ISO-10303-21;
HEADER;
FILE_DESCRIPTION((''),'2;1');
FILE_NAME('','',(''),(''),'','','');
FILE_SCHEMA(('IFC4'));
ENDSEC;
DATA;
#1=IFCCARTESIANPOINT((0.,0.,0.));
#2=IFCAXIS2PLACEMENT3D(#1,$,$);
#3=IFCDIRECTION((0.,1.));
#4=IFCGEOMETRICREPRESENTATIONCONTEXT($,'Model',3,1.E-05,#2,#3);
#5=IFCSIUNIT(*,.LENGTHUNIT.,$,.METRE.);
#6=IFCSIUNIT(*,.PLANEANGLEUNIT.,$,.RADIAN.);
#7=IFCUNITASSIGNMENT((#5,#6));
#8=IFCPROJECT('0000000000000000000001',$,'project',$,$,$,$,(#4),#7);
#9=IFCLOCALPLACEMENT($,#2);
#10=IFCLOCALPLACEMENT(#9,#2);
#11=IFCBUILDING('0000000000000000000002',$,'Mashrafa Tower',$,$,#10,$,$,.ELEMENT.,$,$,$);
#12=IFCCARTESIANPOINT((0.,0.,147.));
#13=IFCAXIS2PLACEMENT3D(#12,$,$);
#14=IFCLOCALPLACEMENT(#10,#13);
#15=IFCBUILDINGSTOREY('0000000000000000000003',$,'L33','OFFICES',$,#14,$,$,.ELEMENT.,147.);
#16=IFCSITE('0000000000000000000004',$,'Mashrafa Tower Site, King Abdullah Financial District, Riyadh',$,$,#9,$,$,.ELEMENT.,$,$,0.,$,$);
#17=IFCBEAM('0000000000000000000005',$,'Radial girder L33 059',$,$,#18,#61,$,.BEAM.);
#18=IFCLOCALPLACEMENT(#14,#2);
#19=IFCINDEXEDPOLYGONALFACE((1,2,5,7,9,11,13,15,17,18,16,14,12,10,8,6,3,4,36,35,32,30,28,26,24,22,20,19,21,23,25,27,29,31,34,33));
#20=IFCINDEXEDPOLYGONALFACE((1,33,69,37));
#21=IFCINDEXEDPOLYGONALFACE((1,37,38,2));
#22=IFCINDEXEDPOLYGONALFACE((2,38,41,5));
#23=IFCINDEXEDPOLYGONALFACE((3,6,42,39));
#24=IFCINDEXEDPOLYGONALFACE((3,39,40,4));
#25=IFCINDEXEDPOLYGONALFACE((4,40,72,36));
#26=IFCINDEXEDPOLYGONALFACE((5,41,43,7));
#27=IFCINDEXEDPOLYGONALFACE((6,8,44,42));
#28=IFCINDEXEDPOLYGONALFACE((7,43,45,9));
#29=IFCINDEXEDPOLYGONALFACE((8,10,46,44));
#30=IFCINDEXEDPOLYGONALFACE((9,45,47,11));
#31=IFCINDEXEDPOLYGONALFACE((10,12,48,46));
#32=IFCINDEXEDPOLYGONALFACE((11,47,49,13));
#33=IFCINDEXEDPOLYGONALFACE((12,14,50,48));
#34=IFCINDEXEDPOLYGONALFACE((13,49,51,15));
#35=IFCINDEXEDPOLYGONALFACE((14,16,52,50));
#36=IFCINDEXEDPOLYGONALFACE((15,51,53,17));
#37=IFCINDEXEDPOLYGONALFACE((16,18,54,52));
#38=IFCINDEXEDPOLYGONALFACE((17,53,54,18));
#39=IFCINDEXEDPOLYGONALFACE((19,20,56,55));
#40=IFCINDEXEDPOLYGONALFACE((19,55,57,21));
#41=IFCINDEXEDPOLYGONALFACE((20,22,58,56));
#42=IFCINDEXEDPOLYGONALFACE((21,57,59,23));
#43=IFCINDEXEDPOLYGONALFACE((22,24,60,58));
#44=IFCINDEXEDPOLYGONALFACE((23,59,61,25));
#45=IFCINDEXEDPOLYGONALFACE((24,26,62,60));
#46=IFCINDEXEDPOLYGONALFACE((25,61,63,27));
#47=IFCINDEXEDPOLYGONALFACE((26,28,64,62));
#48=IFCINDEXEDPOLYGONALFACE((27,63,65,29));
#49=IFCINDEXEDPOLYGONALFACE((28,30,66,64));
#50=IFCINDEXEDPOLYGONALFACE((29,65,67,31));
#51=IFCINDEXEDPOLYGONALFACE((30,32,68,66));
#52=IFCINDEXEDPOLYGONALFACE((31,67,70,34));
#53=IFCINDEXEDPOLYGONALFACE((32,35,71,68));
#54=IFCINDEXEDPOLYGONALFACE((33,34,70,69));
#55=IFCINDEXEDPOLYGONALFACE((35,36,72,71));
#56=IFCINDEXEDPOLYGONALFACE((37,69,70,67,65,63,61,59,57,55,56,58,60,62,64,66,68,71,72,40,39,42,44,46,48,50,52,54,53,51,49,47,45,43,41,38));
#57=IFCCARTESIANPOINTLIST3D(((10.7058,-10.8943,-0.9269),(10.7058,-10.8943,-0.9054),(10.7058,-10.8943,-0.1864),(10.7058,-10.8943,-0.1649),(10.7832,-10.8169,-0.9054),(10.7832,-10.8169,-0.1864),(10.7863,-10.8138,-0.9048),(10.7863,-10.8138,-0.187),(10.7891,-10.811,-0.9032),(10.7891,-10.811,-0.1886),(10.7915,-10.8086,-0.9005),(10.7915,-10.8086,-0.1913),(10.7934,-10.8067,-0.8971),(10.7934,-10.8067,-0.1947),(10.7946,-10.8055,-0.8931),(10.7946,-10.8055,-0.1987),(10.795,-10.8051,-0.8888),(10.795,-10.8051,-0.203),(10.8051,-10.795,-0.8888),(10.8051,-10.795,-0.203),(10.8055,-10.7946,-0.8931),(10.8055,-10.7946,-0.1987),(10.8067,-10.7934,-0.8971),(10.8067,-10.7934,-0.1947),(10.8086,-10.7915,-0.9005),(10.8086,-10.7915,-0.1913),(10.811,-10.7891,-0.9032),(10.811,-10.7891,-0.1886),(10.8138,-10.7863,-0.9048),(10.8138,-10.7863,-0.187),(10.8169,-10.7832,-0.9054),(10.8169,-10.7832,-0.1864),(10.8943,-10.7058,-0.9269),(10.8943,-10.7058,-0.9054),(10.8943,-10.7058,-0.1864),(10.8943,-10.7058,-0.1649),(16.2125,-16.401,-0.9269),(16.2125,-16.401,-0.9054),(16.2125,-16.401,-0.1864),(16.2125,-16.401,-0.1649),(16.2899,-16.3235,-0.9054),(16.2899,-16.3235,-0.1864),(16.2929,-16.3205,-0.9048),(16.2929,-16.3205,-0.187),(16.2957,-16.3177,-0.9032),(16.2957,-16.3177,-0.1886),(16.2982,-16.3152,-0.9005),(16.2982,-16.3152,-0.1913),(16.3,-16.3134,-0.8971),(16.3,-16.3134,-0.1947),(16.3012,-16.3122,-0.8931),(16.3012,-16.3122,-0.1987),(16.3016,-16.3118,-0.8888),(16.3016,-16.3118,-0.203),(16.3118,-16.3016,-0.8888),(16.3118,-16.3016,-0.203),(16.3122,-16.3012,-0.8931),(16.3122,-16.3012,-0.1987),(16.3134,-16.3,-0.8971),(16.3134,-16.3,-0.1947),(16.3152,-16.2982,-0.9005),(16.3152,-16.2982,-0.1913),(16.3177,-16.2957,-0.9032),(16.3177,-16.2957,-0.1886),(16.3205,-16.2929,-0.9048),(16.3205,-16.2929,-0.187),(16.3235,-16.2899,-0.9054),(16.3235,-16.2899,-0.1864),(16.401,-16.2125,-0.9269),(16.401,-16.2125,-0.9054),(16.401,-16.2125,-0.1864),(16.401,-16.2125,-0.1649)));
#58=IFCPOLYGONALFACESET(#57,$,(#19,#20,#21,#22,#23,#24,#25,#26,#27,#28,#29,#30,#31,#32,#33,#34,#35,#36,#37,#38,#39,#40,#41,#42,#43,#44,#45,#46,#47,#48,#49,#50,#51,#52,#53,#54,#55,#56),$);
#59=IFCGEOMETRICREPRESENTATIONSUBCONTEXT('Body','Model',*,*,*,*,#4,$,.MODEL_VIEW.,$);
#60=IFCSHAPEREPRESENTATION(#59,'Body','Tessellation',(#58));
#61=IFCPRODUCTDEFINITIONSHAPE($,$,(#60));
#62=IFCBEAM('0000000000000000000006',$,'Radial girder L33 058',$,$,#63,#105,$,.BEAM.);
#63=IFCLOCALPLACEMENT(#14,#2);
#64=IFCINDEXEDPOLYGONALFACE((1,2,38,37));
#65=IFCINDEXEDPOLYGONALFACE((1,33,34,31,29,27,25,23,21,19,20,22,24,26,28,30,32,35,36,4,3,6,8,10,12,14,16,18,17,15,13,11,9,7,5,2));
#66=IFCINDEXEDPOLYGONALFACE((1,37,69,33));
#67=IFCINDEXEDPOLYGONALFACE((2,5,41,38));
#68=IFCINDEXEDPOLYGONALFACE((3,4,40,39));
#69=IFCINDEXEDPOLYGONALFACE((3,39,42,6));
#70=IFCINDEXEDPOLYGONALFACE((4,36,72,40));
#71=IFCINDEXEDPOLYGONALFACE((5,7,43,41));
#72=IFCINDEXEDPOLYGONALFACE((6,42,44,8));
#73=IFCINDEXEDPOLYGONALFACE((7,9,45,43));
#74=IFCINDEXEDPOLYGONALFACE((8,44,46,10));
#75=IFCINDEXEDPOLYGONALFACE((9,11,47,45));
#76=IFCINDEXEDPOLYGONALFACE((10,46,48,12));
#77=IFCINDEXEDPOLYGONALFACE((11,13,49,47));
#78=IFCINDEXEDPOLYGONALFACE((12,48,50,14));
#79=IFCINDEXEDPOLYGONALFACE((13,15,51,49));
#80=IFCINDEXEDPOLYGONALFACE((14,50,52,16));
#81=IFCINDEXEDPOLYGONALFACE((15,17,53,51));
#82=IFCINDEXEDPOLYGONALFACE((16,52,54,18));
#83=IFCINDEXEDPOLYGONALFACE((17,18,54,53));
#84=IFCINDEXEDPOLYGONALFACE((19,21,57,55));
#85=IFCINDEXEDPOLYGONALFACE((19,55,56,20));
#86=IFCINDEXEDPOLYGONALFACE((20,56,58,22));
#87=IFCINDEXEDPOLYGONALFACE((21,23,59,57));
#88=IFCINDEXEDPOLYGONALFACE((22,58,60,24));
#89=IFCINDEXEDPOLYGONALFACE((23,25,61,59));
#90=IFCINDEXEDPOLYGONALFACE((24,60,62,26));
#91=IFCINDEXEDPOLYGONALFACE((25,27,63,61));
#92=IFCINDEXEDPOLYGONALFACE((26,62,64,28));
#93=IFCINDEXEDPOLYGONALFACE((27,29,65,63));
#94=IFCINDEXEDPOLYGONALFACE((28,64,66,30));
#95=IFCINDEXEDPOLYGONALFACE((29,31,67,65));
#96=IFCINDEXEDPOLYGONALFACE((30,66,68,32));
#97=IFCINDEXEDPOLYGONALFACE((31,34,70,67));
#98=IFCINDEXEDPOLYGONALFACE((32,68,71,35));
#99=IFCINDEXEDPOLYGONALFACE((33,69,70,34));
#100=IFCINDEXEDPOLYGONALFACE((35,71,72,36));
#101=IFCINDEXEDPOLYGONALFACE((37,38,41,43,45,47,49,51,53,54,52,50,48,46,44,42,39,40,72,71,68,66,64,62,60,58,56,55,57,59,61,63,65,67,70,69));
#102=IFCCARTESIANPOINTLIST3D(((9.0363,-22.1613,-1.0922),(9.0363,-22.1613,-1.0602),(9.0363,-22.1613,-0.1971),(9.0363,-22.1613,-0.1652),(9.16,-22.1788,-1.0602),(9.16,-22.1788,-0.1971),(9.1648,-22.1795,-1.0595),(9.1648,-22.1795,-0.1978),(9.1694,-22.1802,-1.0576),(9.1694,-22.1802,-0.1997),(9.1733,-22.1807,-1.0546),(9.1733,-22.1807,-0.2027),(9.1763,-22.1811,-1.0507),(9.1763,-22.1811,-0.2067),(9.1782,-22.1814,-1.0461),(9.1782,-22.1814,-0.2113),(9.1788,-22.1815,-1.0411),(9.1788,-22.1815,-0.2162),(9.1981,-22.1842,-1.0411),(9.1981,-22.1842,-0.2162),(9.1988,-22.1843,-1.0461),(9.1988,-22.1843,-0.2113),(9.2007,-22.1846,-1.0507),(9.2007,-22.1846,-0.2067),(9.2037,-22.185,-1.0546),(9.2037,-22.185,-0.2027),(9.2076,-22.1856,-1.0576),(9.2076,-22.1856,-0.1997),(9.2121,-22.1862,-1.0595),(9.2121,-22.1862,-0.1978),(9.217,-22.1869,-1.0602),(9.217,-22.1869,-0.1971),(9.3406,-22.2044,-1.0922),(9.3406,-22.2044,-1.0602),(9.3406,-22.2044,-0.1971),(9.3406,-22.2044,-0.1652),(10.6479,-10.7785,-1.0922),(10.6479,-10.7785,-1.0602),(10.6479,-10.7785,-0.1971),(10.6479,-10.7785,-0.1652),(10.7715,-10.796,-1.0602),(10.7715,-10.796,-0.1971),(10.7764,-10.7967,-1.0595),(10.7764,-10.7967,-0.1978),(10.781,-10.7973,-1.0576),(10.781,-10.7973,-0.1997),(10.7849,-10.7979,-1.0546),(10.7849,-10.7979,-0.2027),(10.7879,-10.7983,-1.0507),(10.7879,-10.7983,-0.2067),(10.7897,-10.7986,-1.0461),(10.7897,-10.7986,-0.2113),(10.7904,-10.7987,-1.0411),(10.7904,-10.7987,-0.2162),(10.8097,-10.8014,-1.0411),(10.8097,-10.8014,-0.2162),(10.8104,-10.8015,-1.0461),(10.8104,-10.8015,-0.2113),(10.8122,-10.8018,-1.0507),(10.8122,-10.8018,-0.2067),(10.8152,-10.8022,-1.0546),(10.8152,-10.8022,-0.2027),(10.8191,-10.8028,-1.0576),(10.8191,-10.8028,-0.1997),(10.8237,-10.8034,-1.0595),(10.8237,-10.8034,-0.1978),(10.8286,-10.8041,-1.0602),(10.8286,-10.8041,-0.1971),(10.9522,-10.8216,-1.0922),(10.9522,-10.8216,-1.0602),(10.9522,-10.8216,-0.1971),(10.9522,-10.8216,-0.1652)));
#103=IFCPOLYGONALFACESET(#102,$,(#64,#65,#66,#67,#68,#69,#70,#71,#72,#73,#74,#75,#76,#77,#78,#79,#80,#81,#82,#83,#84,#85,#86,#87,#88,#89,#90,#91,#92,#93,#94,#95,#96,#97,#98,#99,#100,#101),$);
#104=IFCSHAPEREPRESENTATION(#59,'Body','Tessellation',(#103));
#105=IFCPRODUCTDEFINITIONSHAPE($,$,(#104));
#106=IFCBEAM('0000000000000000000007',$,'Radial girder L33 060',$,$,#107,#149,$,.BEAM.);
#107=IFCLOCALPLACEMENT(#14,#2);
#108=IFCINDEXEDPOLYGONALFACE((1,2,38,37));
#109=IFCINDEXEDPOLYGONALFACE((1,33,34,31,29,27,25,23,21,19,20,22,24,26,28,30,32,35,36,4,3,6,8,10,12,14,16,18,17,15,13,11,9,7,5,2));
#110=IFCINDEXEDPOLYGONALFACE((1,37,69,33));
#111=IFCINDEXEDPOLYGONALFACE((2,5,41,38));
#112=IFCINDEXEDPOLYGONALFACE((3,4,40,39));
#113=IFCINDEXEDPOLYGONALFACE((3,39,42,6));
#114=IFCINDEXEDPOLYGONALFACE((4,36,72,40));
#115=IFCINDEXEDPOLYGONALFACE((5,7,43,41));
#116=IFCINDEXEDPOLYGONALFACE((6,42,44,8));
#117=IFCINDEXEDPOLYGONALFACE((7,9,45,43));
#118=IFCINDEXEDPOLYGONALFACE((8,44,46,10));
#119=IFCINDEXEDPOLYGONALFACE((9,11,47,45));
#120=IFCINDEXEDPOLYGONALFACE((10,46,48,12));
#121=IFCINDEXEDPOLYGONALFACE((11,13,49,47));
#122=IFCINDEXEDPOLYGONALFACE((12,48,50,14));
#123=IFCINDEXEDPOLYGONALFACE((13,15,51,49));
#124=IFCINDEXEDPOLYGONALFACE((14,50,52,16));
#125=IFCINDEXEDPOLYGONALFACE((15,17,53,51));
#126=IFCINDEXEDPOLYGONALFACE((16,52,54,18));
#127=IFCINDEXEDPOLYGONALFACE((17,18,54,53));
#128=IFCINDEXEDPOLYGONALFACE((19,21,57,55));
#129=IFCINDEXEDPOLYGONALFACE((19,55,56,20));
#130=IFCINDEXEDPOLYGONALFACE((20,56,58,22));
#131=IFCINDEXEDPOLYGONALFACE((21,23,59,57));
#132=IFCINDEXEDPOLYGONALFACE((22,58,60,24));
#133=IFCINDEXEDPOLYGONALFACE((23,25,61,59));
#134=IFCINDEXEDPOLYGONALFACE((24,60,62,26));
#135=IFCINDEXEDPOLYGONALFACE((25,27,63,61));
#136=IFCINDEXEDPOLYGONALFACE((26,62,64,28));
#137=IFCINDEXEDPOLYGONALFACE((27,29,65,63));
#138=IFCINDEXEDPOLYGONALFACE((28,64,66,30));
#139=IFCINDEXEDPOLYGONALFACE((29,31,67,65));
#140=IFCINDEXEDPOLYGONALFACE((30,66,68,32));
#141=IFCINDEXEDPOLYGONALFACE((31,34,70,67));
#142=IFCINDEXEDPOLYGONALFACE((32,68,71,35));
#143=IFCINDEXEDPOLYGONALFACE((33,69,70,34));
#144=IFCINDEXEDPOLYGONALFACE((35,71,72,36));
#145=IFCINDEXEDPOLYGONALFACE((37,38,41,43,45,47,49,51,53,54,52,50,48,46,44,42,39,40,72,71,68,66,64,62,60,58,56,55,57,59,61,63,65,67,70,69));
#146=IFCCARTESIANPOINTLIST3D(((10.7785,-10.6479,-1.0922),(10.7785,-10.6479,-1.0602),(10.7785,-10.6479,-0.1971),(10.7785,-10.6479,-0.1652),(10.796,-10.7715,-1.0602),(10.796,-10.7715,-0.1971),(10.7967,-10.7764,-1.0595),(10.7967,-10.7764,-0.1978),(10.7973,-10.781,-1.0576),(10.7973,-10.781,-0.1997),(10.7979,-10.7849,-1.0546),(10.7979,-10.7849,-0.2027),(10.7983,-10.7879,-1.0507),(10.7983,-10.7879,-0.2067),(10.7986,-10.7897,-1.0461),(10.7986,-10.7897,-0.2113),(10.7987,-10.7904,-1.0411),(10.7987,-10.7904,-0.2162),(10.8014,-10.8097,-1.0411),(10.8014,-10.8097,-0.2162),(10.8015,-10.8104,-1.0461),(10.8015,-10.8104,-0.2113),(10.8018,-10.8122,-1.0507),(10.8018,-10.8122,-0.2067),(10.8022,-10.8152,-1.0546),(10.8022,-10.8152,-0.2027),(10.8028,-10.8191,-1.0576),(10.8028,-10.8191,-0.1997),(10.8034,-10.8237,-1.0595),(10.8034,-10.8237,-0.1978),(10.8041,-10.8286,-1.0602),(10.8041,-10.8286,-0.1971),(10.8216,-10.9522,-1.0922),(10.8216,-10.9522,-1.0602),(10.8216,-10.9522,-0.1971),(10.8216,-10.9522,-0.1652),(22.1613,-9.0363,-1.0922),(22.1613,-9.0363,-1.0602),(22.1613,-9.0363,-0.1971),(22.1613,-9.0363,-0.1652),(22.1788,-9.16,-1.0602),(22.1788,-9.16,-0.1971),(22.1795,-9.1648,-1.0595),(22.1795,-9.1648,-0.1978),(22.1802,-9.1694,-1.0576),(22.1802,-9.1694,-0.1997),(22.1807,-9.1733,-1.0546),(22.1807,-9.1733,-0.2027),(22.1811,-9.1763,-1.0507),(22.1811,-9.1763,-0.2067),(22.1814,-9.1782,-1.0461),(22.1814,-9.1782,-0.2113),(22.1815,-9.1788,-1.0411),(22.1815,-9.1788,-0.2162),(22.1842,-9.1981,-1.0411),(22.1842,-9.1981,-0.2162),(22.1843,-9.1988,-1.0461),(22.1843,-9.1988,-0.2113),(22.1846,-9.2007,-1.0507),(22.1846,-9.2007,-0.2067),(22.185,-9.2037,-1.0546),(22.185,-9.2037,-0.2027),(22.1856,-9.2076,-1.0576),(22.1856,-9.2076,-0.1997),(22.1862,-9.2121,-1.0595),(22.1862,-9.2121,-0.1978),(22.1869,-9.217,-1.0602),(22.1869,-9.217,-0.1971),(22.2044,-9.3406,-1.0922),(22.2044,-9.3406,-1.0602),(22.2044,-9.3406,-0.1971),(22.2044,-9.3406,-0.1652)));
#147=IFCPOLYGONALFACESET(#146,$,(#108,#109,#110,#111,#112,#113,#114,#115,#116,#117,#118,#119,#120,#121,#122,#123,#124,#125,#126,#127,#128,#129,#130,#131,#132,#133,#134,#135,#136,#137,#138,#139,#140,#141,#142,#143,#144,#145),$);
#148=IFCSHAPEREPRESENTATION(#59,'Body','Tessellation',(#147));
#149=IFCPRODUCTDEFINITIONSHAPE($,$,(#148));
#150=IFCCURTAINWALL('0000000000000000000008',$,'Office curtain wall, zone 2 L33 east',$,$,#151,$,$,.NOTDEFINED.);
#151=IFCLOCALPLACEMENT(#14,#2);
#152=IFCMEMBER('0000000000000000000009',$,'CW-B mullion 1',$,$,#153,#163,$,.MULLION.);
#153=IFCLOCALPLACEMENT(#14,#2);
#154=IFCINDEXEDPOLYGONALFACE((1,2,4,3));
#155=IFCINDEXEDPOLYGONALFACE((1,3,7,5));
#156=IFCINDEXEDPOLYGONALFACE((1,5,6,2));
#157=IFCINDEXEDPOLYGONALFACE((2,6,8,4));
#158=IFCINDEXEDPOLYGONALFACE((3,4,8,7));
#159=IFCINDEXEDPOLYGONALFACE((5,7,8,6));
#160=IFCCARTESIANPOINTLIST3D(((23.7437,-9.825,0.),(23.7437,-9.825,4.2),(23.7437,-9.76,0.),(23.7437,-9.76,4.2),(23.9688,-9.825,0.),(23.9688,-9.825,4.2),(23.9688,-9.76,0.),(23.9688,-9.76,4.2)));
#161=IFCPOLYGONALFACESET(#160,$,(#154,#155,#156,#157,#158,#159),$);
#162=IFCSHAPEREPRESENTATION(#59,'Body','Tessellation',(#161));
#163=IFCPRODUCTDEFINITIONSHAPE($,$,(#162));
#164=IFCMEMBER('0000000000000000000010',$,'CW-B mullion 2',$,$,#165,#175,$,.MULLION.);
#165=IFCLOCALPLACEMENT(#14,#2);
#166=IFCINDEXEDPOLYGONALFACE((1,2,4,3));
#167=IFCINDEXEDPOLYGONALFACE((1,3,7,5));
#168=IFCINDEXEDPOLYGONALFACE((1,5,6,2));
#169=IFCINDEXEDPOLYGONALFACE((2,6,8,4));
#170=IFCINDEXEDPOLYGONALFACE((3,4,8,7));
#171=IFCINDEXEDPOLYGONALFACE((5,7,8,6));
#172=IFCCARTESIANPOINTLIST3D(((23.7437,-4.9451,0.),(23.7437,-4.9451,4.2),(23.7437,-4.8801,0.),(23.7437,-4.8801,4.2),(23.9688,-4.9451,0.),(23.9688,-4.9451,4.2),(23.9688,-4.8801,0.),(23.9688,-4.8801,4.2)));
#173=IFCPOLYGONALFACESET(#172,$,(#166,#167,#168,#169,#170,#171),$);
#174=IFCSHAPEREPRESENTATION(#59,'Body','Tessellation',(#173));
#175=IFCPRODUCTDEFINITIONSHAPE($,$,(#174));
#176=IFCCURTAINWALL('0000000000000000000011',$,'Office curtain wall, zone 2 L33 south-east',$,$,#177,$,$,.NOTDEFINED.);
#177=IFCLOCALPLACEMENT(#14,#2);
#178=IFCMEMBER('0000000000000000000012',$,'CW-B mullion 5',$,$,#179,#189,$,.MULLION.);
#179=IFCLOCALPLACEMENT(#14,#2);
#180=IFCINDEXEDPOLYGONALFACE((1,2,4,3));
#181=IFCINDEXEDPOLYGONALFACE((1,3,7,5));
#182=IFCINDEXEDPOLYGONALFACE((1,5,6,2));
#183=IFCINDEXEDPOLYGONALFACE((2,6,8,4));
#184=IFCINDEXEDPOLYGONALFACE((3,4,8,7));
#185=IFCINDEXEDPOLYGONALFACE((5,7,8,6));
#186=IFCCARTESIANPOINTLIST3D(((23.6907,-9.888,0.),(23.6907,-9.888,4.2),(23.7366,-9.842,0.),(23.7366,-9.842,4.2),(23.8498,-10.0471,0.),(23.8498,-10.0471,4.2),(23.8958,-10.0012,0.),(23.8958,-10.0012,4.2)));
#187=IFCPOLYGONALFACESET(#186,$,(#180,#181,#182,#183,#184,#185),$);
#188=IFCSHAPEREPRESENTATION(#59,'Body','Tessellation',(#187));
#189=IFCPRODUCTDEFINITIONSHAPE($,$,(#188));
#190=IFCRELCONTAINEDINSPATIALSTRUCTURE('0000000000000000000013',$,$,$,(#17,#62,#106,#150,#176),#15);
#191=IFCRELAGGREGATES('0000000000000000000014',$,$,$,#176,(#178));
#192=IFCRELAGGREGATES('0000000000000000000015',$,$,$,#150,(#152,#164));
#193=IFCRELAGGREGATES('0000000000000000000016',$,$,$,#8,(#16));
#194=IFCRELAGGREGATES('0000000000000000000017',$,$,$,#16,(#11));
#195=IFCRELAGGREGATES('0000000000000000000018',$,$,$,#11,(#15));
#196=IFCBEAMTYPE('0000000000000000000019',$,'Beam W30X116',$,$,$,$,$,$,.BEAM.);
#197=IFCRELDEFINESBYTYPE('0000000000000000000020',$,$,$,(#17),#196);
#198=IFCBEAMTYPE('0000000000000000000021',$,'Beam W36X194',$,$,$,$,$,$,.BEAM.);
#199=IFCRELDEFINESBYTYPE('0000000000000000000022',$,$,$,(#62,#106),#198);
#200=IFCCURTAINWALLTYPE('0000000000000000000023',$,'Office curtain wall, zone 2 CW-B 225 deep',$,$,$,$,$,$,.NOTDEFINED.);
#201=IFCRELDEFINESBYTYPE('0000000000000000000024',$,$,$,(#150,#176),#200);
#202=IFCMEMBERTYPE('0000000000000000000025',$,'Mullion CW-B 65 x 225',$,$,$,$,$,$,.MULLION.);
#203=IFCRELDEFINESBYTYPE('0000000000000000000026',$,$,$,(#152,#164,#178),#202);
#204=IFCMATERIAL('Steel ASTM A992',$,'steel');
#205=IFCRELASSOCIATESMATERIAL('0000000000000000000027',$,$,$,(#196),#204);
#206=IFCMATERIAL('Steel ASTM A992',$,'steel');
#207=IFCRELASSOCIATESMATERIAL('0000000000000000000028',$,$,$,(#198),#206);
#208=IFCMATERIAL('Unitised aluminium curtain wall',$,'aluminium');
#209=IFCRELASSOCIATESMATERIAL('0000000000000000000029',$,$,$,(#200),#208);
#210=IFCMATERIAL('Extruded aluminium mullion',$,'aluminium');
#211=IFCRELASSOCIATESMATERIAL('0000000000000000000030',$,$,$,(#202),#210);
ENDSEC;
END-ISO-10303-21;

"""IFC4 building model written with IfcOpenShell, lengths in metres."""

from ifc_helpers import new_model, si_unit, direction, frame, origin, origin_2d, place, context, subcontext, project, spatial, rectangle, i_section, extrude, source, transform, mapped, material, material_profile, profile_set, type_object, type_shapes, element, aggregate, save


model = new_model("IFC4")

# Units and contexts
model_context = context("Model", 3, precision=1e-05, world=origin(), true_north=direction((0.0, 1.0)))
body_context = subcontext(model_context, "Body", "Model", "MODEL_VIEW")
ifc_project = project(units=[si_unit("LENGTHUNIT", "METRE"), si_unit("PLANEANGLEUNIT", "RADIAN")], contexts=[model_context])

# Site, building, storey
site_placement = place(None, origin())
site = spatial("IfcSite", under=ifc_project, at=site_placement, Name="Mashrafa Tower Site, King Abdullah Financial District, Riyadh", CompositionType="ELEMENT", RefElevation=0.0)
building_placement = place(site_placement, origin())
building = spatial("IfcBuilding", under=site, at=building_placement, Name="Mashrafa Tower", CompositionType="ELEMENT")
storey_placement = place(building_placement, frame((0.0, 0.0, 147.0)))
storey = spatial("IfcBuildingStorey", under=building, at=storey_placement, Name="L33", Description="OFFICES", CompositionType="ELEMENT", Elevation=147.0)

# Beams
ifc_material_1 = material(Name="Steel ASTM A992", Category="steel")
ifc_material_profile_1 = material_profile(ifc_material_1, i_section(OverallWidth=0.2666, OverallDepth=0.762, WebThickness=0.0144, FlangeThickness=0.0215, FilletRadius=0.0166, at=origin_2d()), Name="W30X116")
ifc_profile_set_1 = profile_set([ifc_material_profile_1], Name="Steel ASTM A992")
beam_type_1 = type_object("IfcBeamType", Name="Beam W30X116", PredefinedType="BEAM", material=ifc_profile_set_1)
beam_1_placement = place(storey_placement, frame((10.8, -10.8, -0.5459), z_axis=(0.707107, -0.707107, 0.0), x_axis=(0.707107, 0.707107, 0.0)))
element("IfcBeam", 1, at=beam_1_placement, inside=storey, type_object=beam_type_1, Name="Radial girder L33 059", PredefinedType="BEAM", context=body_context, shape_type="SweptSolid", body=[
    extrude(i_section(OverallWidth=0.2666, OverallDepth=0.762, WebThickness=0.0144, FlangeThickness=0.0215, FilletRadius=0.0166, at=origin_2d()), origin(), (0.0, 0.0, 1.0), 7.7876),
])
ifc_material_2 = material(Name="Steel ASTM A992", Category="steel")
ifc_material_profile_2 = material_profile(ifc_material_2, i_section(OverallWidth=0.3074, OverallDepth=0.927, WebThickness=0.0195, FlangeThickness=0.032, FilletRadius=0.019, at=origin_2d()), Name="W36X194")
ifc_profile_set_2 = profile_set([ifc_material_profile_2], Name="Steel ASTM A992")
beam_type_2 = type_object("IfcBeamType", Name="Beam W36X194", PredefinedType="BEAM", material=ifc_profile_set_2)
for number, where, z_axis, x_axis, name in (
    (2, (10.8, -10.8, -0.6287), (-0.140181, -0.990126, 0.0), (0.990126, -0.140181, 0.0), "Radial girder L33 058"),
    (3, (10.8, -10.8, -0.6287), (0.990126, 0.140181, 0.0), (-0.140181, 0.990126, 0.0), "Radial girder L33 060"),
):
    element("IfcBeam", number, at=place(storey_placement, frame(where, z_axis=z_axis, x_axis=x_axis)), inside=storey, type_object=beam_type_2, Name=name, PredefinedType="BEAM", context=body_context, shape_type="SweptSolid", body=[
        extrude(i_section(OverallWidth=0.3074, OverallDepth=0.927, WebThickness=0.0195, FlangeThickness=0.032, FilletRadius=0.019, at=origin_2d()), origin(), (0.0, 0.0, 1.0), 11.4963),
    ])

# Curtain wall, members
ifc_material_3 = material(Name="Unitised aluminium curtain wall", Category="aluminium")
curtain_wall_type = type_object("IfcCurtainWallType", Name="Office curtain wall, zone 2 CW-B 225 deep", PredefinedType="NOTDEFINED", material=ifc_material_3)
curtain_wall_1_placement = place(storey_placement, origin())
curtain_wall_1 = element("IfcCurtainWall", 4, at=curtain_wall_1_placement, inside=storey, type_object=curtain_wall_type, Name="Office curtain wall, zone 2 L33 east", PredefinedType="NOTDEFINED")
ifc_material_4 = material(Name="Extruded aluminium mullion", Category="aluminium")
ifc_material_profile_3 = material_profile(ifc_material_4, rectangle(XDim=0.2251, YDim=0.0649, at=origin_2d()), Name="Mullion 65x225")
ifc_profile_set_3 = profile_set([ifc_material_profile_3], Name="Extruded aluminium mullion")
member_type_1 = type_object("IfcMemberType", Name="Mullion CW-B 65 x 225", PredefinedType="MULLION", material=ifc_profile_set_3)
shared_shape_1 = source(origin(), body_context, "Body", "SweptSolid", [
    extrude(rectangle(XDim=0.2251, YDim=0.0649, at=origin_2d()), origin(), (0.0, 0.0, 1.0), 4.2),
])
type_shapes(member_type_1, [shared_shape_1])
member_1_placement = place(storey_placement, frame((23.8562, -9.7925, 0.0), z_axis=(0.0, 0.0, 1.0), x_axis=(-1.0, 0.0, 0.0)))
member_1 = element("IfcMember", 5, at=member_1_placement, type_object=member_type_1, Name="CW-B mullion 1", PredefinedType="MULLION", context=body_context, shape_type="MappedRepresentation", body=[
    mapped(shared_shape_1, transform((0.0, 0.0, 0.0))),
])
member_2_placement = place(storey_placement, frame((23.8562, -4.9126, 0.0), z_axis=(0.0, 0.0, 1.0), x_axis=(-1.0, 0.0, 0.0)))
member_2 = element("IfcMember", 6, at=member_2_placement, type_object=member_type_1, Name="CW-B mullion 2", PredefinedType="MULLION", context=body_context, shape_type="MappedRepresentation", body=[
    mapped(shared_shape_1, transform((0.0, 0.0, 0.0))),
])

# Curtain wall, member
curtain_wall_2_placement = place(storey_placement, origin())
curtain_wall_2 = element("IfcCurtainWall", 7, at=curtain_wall_2_placement, inside=storey, type_object=curtain_wall_type, Name="Office curtain wall, zone 2 L33 south-east", PredefinedType="NOTDEFINED")
member_3_placement = place(storey_placement, frame((23.7932, -9.9446, 0.0), z_axis=(0.0, 0.0, 1.0), x_axis=(-0.707107, 0.707107, 0.0)))
member_3 = element("IfcMember", 8, at=member_3_placement, type_object=member_type_1, Name="CW-B mullion 5", PredefinedType="MULLION", context=body_context, shape_type="MappedRepresentation", body=[
    mapped(shared_shape_1, transform((0.0, 0.0, 0.0))),
])
aggregate(curtain_wall_2, [member_3])

aggregate(curtain_wall_1, [member_1, member_2])

save(model, "model.ifc")
